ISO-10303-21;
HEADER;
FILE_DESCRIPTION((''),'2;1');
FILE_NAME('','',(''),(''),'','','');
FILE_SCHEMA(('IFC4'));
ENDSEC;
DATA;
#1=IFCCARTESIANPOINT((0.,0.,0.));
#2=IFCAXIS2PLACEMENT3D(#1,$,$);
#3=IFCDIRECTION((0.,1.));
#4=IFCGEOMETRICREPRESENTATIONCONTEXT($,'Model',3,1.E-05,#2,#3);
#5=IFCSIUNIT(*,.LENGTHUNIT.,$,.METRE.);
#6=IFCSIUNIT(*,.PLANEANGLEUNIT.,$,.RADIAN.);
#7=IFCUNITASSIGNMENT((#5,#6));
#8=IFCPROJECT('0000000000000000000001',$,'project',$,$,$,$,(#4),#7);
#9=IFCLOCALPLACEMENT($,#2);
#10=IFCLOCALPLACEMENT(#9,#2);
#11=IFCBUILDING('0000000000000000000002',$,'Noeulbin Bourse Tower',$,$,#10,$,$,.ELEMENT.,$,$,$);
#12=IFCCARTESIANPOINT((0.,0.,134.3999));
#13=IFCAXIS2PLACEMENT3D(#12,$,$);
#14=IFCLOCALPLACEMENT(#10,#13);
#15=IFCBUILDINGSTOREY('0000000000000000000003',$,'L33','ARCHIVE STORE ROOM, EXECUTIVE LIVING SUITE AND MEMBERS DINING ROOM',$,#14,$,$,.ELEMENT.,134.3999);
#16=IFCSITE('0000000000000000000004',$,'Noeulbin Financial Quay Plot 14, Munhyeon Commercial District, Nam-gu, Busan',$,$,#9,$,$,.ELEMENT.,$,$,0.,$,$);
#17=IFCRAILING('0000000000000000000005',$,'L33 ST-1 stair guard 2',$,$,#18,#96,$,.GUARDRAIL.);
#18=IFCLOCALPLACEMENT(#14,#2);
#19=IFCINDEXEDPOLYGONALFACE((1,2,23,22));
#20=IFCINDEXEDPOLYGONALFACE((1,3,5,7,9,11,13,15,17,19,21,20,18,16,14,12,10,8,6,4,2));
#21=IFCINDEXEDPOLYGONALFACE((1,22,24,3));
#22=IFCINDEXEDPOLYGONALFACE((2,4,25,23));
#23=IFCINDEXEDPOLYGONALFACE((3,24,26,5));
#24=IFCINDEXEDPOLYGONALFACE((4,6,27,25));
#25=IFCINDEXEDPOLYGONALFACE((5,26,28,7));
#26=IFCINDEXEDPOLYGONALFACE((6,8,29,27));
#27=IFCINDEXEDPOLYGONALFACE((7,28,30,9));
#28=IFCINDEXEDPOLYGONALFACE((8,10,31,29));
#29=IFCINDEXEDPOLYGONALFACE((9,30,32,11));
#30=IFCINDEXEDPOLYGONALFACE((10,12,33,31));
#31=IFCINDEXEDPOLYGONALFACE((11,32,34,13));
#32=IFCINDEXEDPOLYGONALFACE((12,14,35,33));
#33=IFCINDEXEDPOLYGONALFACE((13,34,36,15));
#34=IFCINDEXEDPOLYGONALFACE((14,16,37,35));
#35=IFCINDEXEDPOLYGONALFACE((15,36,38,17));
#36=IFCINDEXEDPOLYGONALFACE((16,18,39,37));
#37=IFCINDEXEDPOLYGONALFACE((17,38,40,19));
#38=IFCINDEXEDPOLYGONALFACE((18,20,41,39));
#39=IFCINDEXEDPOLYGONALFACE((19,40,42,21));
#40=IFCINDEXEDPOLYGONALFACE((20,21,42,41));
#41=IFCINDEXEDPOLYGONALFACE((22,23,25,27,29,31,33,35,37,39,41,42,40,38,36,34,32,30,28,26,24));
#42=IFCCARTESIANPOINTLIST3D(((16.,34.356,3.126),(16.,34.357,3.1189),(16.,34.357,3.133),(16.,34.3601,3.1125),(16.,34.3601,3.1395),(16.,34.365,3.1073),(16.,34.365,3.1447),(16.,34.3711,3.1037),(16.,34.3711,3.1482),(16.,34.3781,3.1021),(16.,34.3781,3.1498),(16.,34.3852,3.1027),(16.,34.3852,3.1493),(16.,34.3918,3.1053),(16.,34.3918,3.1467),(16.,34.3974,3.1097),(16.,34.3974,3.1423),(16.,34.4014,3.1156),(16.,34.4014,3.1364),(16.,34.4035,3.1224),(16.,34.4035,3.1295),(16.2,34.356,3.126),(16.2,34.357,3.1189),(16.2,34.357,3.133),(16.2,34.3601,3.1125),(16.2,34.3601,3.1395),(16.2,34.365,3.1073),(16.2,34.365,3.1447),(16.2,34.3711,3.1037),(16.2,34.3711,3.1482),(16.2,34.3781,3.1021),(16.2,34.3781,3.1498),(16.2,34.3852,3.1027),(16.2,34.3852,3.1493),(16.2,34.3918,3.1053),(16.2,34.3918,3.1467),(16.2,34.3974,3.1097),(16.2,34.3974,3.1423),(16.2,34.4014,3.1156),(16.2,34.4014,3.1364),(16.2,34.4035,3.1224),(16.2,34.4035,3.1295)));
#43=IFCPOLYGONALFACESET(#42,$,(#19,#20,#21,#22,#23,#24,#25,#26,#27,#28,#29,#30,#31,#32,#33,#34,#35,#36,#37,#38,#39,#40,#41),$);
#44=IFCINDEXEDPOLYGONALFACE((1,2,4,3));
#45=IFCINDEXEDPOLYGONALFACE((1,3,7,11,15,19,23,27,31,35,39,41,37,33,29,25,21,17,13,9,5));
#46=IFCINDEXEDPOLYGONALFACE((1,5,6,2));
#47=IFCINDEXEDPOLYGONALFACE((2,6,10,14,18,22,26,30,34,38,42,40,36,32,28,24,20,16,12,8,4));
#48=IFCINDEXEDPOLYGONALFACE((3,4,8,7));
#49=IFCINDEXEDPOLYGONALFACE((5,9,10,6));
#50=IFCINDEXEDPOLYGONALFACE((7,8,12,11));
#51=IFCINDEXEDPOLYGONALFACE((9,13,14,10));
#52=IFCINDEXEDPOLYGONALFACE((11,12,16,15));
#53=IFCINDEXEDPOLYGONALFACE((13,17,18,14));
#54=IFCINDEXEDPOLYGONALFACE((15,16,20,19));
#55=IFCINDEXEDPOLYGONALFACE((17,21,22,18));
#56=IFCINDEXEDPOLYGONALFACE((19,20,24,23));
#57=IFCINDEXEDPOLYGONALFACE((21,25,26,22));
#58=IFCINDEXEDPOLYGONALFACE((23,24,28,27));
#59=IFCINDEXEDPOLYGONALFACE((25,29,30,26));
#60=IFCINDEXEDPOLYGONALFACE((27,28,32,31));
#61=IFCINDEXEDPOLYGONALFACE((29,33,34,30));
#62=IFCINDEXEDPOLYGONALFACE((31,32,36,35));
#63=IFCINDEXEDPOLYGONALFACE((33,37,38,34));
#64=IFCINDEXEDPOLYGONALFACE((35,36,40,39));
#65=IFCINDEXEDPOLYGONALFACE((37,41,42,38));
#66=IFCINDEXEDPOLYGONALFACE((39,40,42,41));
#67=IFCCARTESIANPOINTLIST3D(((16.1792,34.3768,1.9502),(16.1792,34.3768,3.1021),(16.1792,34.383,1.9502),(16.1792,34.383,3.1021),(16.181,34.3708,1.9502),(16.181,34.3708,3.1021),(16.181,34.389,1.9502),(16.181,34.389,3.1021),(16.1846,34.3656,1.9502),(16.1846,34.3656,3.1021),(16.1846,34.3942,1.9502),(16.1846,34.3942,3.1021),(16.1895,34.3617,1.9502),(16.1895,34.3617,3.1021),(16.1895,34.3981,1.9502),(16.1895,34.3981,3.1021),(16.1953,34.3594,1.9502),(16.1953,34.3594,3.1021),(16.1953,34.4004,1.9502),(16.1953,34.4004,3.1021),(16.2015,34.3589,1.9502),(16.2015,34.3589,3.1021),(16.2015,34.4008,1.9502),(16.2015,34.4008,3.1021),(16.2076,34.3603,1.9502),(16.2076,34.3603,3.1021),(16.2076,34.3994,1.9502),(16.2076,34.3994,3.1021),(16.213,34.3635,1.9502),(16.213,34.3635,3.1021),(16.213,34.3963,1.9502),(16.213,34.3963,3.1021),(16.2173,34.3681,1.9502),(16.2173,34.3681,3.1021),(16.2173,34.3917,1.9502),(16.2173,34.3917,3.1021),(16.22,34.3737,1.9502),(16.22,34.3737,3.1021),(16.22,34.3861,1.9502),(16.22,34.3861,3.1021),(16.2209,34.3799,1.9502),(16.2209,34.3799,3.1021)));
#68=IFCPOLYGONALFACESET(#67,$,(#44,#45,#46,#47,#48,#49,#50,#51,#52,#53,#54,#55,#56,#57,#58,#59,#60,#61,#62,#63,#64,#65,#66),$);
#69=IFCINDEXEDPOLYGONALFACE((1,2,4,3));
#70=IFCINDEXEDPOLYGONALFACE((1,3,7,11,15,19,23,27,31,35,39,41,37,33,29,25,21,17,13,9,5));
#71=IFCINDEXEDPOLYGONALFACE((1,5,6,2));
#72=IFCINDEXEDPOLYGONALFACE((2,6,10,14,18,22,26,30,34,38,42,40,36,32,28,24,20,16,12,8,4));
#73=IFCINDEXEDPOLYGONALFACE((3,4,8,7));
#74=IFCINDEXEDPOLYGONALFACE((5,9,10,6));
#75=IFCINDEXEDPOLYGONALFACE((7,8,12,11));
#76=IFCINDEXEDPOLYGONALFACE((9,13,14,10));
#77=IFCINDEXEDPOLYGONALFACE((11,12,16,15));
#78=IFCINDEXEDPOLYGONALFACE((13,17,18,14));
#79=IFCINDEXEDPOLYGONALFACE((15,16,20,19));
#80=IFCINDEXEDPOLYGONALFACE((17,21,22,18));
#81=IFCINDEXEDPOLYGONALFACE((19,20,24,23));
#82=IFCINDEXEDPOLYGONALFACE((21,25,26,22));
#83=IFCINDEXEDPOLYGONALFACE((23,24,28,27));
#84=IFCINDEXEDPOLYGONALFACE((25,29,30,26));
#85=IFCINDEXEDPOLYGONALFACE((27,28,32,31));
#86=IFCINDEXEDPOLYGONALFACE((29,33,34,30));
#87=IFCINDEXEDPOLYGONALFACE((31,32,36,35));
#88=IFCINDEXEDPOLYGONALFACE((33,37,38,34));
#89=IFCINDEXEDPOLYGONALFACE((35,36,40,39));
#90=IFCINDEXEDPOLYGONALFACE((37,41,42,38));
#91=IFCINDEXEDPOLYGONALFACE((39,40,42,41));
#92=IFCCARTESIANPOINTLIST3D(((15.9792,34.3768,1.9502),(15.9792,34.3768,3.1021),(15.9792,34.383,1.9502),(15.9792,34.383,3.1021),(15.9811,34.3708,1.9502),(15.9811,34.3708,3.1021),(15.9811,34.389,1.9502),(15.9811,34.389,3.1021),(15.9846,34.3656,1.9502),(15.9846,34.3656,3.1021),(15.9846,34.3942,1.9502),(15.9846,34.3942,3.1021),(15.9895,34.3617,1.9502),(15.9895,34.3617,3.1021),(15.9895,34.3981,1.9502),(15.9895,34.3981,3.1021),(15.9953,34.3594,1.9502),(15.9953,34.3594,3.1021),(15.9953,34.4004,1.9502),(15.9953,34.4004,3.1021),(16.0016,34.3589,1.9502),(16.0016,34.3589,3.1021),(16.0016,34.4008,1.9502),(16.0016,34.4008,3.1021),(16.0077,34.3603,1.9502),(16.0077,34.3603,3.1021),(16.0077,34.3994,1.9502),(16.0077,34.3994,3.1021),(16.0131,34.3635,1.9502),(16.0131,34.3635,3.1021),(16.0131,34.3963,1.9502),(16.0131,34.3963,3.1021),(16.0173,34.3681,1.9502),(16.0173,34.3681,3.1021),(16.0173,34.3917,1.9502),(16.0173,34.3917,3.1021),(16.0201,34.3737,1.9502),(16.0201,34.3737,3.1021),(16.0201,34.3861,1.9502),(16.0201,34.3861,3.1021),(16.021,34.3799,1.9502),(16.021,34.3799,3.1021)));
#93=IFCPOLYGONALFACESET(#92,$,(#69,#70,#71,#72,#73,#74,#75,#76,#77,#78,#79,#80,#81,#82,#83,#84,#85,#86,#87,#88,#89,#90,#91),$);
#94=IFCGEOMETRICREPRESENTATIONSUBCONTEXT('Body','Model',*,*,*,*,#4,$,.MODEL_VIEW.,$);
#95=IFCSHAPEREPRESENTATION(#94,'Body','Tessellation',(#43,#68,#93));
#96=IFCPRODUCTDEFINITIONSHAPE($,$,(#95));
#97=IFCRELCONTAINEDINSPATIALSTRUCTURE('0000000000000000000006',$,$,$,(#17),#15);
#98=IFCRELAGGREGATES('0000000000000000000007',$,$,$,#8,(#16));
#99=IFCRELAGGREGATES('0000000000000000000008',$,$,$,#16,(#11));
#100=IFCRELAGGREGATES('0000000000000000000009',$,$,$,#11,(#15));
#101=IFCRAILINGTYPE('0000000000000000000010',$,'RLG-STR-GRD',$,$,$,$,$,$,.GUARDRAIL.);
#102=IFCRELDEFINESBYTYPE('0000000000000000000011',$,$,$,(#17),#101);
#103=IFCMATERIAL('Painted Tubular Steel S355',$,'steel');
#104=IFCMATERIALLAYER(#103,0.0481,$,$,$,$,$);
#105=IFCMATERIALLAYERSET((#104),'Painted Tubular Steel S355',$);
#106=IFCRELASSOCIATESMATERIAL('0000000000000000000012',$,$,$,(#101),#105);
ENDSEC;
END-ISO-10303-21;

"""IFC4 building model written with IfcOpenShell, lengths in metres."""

from ifc_helpers import new_model, si_unit, direction, frame, origin, origin_2d, place, context, subcontext, project, spatial, circle, extrude, material, layer, layer_set, type_object, element, save


model = new_model("IFC4")

# Units and contexts
model_context = context("Model", 3, precision=1e-05, world=origin(), true_north=direction((0.0, 1.0)))
body_context = subcontext(model_context, "Body", "Model", "MODEL_VIEW")
ifc_project = project(units=[si_unit("LENGTHUNIT", "METRE"), si_unit("PLANEANGLEUNIT", "RADIAN")], contexts=[model_context])

# Site, building, storey
site_placement = place(None, origin())
site = spatial("IfcSite", under=ifc_project, at=site_placement, Name="Noeulbin Financial Quay Plot 14, Munhyeon Commercial District, Nam-gu, Busan", CompositionType="ELEMENT", RefElevation=0.0)
building_placement = place(site_placement, origin())
building = spatial("IfcBuilding", under=site, at=building_placement, Name="Noeulbin Bourse Tower", CompositionType="ELEMENT")
storey_placement = place(building_placement, frame((0.0, 0.0, 134.3999)))
storey = spatial("IfcBuildingStorey", under=building, at=storey_placement, Name="L33", Description="ARCHIVE STORE ROOM, EXECUTIVE LIVING SUITE AND MEMBERS DINING ROOM", CompositionType="ELEMENT", Elevation=134.3999)

# Railing
ifc_material_1 = material(Name="Painted Tubular Steel S355", Category="steel")
ifc_layer_1 = layer(ifc_material_1, 0.0481)
ifc_layer_set_1 = layer_set([ifc_layer_1], Name="Painted Tubular Steel S355")
railing_type_1 = type_object("IfcRailingType", Name="RLG-STR-GRD", PredefinedType="GUARDRAIL", material=ifc_layer_set_1)
railing_1_placement = place(storey_placement, frame((16.2, 34.3799, 1.9502)))
element("IfcRailing", 1, at=railing_1_placement, inside=storey, type_object=railing_type_1, Name="L33 ST-1 stair guard 2", PredefinedType="GUARDRAIL", context=body_context, shape_type="SweptSolid", body=[
    extrude(circle(Radius=0.0239, at=origin_2d()), frame((0.0, 0.0, 1.1758), z_axis=(-1.0, 0.0, 0.0), x_axis=(0.0, -1.0, 0.0)), (0.0, 0.0, 1.0), 0.2),
    extrude(circle(Radius=0.021, at=origin_2d()), origin(), (0.0, 0.0, 1.0), 1.1519),
    extrude(circle(Radius=0.021, at=origin_2d()), frame((-0.2, 0.0, 0.0)), (0.0, 0.0, 1.0), 1.1519),
])

save(model, "model.ifc")
